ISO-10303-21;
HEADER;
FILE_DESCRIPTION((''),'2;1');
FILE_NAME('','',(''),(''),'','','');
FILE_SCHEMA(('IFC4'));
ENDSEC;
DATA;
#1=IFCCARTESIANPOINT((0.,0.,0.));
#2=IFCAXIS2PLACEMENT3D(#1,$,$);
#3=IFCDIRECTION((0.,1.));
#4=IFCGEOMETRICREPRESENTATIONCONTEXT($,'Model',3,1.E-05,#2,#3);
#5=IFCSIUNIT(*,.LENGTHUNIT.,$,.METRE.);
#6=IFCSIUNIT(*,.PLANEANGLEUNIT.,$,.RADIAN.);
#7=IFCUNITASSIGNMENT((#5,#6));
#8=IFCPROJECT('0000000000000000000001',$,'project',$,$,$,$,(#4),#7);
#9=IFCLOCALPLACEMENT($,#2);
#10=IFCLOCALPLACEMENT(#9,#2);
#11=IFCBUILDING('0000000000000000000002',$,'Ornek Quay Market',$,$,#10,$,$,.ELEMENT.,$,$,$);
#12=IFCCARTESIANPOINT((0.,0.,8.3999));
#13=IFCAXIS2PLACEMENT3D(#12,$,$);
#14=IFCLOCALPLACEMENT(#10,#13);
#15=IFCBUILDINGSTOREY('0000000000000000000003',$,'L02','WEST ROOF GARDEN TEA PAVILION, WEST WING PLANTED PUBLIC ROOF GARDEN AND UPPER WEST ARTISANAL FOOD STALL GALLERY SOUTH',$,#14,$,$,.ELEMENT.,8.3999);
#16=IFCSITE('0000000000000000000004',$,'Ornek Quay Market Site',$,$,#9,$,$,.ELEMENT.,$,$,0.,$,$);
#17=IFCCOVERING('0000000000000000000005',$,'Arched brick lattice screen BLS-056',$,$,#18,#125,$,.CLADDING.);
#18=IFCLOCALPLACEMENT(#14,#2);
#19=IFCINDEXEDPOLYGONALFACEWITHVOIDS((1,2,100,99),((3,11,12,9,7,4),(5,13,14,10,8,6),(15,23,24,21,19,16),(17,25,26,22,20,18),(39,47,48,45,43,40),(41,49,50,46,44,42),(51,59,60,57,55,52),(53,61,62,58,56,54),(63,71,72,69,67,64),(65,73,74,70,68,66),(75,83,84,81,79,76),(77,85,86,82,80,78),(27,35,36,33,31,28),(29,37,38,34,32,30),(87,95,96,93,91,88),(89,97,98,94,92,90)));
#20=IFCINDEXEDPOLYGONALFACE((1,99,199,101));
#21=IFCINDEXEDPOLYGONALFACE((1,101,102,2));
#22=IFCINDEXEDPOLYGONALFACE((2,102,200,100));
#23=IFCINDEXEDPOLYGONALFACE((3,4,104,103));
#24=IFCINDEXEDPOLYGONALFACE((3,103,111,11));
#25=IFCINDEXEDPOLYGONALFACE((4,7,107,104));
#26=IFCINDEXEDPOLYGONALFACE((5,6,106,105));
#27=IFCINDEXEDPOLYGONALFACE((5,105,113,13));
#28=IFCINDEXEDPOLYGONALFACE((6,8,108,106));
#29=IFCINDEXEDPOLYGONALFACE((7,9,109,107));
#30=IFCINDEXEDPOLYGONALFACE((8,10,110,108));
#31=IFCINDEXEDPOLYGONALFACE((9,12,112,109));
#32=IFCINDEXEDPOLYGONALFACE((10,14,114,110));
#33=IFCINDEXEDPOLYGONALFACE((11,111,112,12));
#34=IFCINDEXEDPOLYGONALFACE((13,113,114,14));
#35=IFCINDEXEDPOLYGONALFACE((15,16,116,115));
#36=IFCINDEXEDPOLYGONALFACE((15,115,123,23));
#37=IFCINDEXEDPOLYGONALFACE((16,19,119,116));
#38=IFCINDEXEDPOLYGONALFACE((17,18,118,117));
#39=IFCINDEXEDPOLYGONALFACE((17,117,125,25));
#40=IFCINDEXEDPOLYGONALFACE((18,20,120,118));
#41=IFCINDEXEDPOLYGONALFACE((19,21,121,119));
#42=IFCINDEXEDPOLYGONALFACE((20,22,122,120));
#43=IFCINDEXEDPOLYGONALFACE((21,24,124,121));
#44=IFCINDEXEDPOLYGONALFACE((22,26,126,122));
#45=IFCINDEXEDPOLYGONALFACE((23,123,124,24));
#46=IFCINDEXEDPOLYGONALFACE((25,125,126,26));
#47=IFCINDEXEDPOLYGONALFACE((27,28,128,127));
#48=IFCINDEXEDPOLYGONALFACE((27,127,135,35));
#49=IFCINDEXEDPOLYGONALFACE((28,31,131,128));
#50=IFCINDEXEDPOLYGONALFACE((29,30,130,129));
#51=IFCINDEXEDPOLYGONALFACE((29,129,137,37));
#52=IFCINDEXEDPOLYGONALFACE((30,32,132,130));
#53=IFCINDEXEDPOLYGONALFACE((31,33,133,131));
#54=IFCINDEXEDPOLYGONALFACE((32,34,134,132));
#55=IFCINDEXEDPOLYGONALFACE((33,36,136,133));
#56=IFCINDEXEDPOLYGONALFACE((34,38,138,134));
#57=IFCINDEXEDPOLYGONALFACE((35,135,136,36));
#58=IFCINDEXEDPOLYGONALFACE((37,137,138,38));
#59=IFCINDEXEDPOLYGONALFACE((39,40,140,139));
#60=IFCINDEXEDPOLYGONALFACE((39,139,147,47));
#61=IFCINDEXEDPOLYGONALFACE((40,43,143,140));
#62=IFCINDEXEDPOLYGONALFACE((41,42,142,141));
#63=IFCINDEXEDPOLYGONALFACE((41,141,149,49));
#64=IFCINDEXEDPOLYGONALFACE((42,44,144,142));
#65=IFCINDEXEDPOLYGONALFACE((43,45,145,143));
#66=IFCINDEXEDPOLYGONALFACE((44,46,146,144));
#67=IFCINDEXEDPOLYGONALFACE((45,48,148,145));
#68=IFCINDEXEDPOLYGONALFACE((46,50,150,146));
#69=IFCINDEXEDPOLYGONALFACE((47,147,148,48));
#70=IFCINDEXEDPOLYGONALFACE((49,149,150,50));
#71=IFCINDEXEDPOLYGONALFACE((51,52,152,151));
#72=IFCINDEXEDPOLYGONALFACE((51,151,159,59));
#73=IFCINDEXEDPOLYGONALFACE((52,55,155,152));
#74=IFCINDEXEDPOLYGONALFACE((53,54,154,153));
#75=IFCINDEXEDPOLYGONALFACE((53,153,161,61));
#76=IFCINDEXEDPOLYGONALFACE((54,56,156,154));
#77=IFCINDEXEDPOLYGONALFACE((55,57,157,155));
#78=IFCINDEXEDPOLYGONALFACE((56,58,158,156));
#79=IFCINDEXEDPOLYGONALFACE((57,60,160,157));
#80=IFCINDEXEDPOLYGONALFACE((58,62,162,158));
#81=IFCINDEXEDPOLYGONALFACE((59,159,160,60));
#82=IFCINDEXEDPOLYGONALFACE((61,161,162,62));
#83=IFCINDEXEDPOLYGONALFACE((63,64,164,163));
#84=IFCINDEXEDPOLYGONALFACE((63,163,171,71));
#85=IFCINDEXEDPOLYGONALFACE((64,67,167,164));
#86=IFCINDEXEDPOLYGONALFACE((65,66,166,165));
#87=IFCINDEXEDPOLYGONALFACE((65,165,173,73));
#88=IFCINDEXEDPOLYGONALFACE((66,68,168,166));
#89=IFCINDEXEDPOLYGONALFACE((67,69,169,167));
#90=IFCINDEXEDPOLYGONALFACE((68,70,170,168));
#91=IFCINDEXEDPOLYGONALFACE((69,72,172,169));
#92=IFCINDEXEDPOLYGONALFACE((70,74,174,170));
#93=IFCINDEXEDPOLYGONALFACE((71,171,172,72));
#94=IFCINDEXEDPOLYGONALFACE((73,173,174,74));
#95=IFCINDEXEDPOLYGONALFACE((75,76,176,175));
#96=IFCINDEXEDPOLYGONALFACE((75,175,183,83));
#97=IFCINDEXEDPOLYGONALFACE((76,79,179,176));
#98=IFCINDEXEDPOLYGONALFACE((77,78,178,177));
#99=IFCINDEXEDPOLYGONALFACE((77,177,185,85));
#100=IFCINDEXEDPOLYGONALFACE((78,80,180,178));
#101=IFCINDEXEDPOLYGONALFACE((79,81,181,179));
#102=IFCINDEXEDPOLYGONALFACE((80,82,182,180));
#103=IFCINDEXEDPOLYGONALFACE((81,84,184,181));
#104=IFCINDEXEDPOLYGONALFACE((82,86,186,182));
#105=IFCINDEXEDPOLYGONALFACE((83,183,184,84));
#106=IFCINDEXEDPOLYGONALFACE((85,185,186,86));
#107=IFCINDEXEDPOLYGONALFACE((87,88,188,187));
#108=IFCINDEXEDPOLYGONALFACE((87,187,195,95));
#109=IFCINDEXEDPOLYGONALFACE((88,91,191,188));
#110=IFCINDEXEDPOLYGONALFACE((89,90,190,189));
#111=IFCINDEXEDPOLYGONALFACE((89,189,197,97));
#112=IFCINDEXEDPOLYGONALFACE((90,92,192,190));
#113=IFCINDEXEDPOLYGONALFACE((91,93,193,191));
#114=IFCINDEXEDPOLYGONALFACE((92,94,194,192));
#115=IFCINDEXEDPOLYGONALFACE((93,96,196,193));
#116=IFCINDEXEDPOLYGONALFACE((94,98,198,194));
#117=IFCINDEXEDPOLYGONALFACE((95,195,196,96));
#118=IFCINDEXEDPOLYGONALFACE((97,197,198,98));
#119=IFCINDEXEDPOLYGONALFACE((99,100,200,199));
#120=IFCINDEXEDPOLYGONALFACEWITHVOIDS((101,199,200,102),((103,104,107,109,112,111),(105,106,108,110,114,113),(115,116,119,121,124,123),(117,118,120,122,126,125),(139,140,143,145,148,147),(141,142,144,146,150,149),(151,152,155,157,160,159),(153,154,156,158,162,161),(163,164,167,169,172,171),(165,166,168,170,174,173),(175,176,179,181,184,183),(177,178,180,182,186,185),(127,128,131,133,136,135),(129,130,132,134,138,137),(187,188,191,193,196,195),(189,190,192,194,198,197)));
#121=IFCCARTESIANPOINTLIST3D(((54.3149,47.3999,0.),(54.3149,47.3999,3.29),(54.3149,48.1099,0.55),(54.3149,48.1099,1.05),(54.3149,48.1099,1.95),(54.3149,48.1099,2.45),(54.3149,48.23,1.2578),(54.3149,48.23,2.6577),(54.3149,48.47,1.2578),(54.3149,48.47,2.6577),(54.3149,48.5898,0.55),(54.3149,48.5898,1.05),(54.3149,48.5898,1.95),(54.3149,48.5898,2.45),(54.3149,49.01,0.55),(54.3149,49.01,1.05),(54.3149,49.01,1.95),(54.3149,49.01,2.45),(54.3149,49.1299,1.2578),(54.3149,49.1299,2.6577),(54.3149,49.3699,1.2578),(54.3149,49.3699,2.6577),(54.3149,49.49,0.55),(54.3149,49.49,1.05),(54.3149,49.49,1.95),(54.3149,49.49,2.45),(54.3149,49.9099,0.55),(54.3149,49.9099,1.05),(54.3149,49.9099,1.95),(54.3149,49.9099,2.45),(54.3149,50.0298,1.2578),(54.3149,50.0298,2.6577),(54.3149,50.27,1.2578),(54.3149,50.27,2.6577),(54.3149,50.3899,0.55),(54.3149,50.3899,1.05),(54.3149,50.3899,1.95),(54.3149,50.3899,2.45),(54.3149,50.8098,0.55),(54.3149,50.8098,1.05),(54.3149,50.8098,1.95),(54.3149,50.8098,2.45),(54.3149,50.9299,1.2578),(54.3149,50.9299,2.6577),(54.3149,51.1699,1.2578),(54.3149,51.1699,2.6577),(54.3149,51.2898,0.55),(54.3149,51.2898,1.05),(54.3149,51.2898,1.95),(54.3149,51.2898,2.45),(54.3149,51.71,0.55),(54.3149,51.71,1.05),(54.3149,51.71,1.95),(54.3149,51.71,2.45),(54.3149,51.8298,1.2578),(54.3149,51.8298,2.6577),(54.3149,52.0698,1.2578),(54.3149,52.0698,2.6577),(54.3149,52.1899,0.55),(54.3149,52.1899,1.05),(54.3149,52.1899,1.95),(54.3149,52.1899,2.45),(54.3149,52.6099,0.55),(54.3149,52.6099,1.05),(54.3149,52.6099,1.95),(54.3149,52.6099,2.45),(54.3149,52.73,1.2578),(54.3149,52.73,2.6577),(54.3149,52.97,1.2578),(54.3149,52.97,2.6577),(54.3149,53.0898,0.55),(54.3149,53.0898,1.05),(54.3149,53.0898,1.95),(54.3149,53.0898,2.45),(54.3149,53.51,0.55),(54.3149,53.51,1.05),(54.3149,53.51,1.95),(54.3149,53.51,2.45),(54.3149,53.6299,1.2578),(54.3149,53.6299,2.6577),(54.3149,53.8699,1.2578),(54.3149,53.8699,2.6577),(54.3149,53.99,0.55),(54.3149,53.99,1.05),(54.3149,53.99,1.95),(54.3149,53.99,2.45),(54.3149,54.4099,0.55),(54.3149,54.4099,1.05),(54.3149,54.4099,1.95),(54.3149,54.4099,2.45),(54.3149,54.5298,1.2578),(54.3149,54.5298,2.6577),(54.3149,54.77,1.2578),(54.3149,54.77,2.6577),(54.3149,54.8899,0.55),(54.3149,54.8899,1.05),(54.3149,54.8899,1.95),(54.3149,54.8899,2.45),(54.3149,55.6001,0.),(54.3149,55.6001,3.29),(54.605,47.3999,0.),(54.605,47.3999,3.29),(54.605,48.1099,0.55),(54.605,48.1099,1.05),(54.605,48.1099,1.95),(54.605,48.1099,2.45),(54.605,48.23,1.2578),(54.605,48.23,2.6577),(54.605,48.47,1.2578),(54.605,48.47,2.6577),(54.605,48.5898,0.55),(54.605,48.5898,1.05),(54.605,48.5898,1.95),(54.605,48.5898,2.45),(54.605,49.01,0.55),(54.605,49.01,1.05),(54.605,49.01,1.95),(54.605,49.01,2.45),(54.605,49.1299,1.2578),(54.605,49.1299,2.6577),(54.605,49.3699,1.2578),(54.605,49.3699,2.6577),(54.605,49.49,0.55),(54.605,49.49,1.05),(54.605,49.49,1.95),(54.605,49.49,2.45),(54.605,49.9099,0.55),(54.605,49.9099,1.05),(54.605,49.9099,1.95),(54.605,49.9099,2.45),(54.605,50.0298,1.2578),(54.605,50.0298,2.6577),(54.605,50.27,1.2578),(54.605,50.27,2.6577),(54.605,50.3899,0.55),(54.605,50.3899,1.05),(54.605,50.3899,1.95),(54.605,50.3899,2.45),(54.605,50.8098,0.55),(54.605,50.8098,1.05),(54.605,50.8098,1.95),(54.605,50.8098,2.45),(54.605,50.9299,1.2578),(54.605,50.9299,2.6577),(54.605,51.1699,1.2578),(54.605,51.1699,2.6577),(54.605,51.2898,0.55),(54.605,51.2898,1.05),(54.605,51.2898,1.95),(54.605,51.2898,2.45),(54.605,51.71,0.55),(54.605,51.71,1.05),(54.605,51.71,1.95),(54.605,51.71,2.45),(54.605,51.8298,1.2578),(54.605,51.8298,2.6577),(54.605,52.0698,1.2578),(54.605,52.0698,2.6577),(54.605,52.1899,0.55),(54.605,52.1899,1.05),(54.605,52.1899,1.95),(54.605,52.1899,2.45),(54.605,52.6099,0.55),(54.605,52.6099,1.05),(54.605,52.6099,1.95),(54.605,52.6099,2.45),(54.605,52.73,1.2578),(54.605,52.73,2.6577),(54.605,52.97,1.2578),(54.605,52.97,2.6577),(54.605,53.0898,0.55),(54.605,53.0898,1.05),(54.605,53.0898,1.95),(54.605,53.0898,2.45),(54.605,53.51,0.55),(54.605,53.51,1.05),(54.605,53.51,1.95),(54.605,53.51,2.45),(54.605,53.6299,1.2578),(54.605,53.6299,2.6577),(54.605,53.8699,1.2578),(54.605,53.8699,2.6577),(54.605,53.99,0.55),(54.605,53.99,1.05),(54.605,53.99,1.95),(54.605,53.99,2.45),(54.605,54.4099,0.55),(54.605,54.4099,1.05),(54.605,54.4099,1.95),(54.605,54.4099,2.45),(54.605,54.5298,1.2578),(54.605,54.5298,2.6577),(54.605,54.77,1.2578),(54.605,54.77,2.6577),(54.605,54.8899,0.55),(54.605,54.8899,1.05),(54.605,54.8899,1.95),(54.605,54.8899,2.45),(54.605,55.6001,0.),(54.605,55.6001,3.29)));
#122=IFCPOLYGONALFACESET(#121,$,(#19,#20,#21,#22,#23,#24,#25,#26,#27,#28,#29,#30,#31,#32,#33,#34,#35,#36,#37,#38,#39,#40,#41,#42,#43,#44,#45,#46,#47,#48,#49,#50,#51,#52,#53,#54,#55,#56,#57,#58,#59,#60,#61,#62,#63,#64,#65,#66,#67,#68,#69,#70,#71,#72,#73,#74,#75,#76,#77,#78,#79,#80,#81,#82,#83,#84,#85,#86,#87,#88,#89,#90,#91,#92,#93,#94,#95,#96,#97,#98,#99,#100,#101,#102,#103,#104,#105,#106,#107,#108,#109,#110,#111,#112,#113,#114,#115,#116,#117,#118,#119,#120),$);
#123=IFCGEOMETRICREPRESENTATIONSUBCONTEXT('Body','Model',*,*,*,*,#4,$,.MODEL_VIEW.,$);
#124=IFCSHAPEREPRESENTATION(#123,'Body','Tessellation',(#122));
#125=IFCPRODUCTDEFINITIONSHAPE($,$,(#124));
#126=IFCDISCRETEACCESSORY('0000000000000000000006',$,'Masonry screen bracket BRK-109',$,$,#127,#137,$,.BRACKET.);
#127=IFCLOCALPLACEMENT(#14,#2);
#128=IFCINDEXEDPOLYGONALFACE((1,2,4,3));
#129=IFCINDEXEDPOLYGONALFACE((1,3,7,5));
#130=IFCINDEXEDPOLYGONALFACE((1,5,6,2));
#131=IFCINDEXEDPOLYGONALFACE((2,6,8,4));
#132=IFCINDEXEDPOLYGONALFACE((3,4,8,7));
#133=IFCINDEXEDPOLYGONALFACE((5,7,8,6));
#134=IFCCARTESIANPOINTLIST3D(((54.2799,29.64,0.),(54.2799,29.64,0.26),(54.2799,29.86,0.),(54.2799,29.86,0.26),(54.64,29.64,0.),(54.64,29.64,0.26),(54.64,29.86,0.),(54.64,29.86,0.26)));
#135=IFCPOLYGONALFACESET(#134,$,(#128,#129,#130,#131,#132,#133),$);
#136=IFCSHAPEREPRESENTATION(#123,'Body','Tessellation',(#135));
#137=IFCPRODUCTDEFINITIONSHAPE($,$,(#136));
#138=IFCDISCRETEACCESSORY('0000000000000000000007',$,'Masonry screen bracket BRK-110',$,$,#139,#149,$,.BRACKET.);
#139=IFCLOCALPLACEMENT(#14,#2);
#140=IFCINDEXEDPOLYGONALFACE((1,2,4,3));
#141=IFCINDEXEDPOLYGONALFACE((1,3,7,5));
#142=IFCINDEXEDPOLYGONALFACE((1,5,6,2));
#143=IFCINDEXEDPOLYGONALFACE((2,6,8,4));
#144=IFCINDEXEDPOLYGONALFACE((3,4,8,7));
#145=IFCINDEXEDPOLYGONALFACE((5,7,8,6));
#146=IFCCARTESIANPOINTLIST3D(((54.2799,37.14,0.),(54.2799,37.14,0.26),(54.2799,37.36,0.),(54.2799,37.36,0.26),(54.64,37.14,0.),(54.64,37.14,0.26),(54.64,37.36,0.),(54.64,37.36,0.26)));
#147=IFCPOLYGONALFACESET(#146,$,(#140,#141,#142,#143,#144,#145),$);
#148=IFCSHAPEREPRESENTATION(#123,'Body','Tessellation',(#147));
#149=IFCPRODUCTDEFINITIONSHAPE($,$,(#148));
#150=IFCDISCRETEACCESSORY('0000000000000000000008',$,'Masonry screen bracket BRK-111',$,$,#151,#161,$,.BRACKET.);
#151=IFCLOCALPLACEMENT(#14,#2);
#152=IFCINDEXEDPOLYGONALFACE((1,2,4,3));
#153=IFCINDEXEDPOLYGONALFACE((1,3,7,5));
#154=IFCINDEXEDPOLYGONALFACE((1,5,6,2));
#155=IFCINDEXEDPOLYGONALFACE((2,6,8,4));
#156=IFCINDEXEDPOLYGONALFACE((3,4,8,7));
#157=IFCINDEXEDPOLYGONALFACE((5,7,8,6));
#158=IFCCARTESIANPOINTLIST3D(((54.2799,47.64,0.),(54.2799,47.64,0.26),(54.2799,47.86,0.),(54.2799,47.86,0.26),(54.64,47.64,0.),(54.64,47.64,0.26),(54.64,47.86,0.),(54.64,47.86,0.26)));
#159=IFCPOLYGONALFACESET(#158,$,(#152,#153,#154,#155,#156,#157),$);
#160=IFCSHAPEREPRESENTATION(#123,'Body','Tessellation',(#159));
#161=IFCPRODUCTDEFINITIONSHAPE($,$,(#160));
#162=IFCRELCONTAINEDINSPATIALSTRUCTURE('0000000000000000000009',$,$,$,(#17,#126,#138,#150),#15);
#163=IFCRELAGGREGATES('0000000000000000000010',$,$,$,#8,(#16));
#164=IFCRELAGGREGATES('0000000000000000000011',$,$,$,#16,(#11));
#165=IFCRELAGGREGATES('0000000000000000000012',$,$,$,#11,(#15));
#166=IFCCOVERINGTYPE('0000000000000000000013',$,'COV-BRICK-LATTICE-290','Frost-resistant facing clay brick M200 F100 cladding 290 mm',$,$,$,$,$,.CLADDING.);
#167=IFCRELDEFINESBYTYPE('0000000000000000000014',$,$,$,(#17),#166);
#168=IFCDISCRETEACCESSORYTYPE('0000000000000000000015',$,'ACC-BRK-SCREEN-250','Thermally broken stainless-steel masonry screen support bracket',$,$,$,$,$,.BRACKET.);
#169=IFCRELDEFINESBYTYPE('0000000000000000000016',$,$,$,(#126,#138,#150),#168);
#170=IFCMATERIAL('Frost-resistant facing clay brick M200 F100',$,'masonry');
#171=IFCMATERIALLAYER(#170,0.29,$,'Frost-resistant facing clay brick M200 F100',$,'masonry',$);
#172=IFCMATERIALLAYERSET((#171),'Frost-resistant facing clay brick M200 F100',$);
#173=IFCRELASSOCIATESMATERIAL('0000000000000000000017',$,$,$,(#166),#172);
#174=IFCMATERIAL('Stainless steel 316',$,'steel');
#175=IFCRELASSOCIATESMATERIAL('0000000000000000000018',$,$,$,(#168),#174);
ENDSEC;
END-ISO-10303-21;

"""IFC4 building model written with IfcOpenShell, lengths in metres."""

from ifc_helpers import new_model, si_unit, direction, frame, origin, origin_2d, place, context, subcontext, project, spatial, polyline, rectangle, outline, extrude, material, layer, layer_set, type_object, element, save


model = new_model("IFC4")

# Units and contexts
model_context = context("Model", 3, precision=1e-05, world=origin(), true_north=direction((0.0, 1.0)))
body_context = subcontext(model_context, "Body", "Model", "MODEL_VIEW")
ifc_project = project(units=[si_unit("LENGTHUNIT", "METRE"), si_unit("PLANEANGLEUNIT", "RADIAN")], contexts=[model_context])

# Site, building, storey
site_placement = place(None, origin())
site = spatial("IfcSite", under=ifc_project, at=site_placement, Name="Ornek Quay Market Site", CompositionType="ELEMENT", RefElevation=0.0)
building_placement = place(site_placement, origin())
building = spatial("IfcBuilding", under=site, at=building_placement, Name="Ornek Quay Market", CompositionType="ELEMENT")
storey_placement = place(building_placement, frame((0.0, 0.0, 8.3999)))
storey = spatial("IfcBuildingStorey", under=building, at=storey_placement, Name="L02", Description="WEST ROOF GARDEN TEA PAVILION, WEST WING PLANTED PUBLIC ROOF GARDEN AND UPPER WEST ARTISANAL FOOD STALL GALLERY SOUTH", CompositionType="ELEMENT", Elevation=8.3999)

# Shared definitions
ifc_material_1 = material(Name="Frost-resistant facing clay brick M200 F100", Category="masonry")

# Covering
ifc_layer_1 = layer(ifc_material_1, 0.29, Name="Frost-resistant facing clay brick M200 F100", Category="masonry")
ifc_layer_set_1 = layer_set([ifc_layer_1], Name="Frost-resistant facing clay brick M200 F100")
covering_type = type_object("IfcCoveringType", Name="COV-BRICK-LATTICE-290", Description="Frost-resistant facing clay brick M200 F100 cladding 290 mm", PredefinedType="CLADDING", material=ifc_layer_set_1)
covering_1_placement = place(storey_placement, frame((54.46, 47.3999, 0.0), z_axis=(0.0, 0.0, 1.0), x_axis=(0.0, 1.0, 0.0)))
element("IfcCovering", 1, at=covering_1_placement, inside=storey, type_object=covering_type, Name="Arched brick lattice screen BLS-056", PredefinedType="CLADDING", context=body_context, shape_type="SweptSolid", body=[
    extrude(outline(polyline([(0.0, 0.0), (8.2002, 0.0), (8.2002, 3.29), (0.0, 3.29), (0.0, 0.0)]), holes=[polyline([(0.71, 0.55), (1.1899, 0.55), (1.1899, 1.05), (1.0701, 1.2578), (0.8301, 1.2578), (0.71, 1.05), (0.71, 0.55)]), polyline([(0.71, 1.95), (1.1899, 1.95), (1.1899, 2.45), (1.0701, 2.6577), (0.8301, 2.6577), (0.71, 2.45), (0.71, 1.95)]), polyline([(1.6101, 0.55), (2.0901, 0.55), (2.0901, 1.05), (1.97, 1.2578), (1.73, 1.2578), (1.6101, 1.05), (1.6101, 0.55)]), polyline([(1.6101, 1.95), (2.0901, 1.95), (2.0901, 2.45), (1.97, 2.6577), (1.73, 2.6577), (1.6101, 2.45), (1.6101, 1.95)]), polyline([(2.51, 0.55), (2.99, 0.55), (2.99, 1.05), (2.8701, 1.2578), (2.6299, 1.2578), (2.51, 1.05), (2.51, 0.55)]), polyline([(2.51, 1.95), (2.99, 1.95), (2.99, 2.45), (2.8701, 2.6577), (2.6299, 2.6577), (2.51, 2.45), (2.51, 1.95)]), polyline([(3.4099, 0.55), (3.8899, 0.55), (3.8899, 1.05), (3.77, 1.2578), (3.53, 1.2578), (3.4099, 1.05), (3.4099, 0.55)]), polyline([(3.4099, 1.95), (3.8899, 1.95), (3.8899, 2.45), (3.77, 2.6577), (3.53, 2.6577), (3.4099, 2.45), (3.4099, 1.95)]), polyline([(4.3101, 0.55), (4.79, 0.55), (4.79, 1.05), (4.6699, 1.2578), (4.4299, 1.2578), (4.3101, 1.05), (4.3101, 0.55)]), polyline([(4.3101, 1.95), (4.79, 1.95), (4.79, 2.45), (4.6699, 2.6577), (4.4299, 2.6577), (4.3101, 2.45), (4.3101, 1.95)]), polyline([(5.21, 0.55), (5.6899, 0.55), (5.6899, 1.05), (5.5701, 1.2578), (5.3301, 1.2578), (5.21, 1.05), (5.21, 0.55)]), polyline([(5.21, 1.95), (5.6899, 1.95), (5.6899, 2.45), (5.5701, 2.6577), (5.3301, 2.6577), (5.21, 2.45), (5.21, 1.95)]), polyline([(6.1101, 0.55), (6.5901, 0.55), (6.5901, 1.05), (6.47, 1.2578), (6.23, 1.2578), (6.1101, 1.05), (6.1101, 0.55)]), polyline([(6.1101, 1.95), (6.5901, 1.95), (6.5901, 2.45), (6.47, 2.6577), (6.23, 2.6577), (6.1101, 2.45), (6.1101, 1.95)]), polyline([(7.01, 0.55), (7.49, 0.55), (7.49, 1.05), (7.3701, 1.2578), (7.1299, 1.2578), (7.01, 1.05), (7.01, 0.55)]), polyline([(7.01, 1.95), (7.49, 1.95), (7.49, 2.45), (7.3701, 2.6577), (7.1299, 2.6577), (7.01, 2.45), (7.01, 1.95)])]), frame((0.0, 0.145, 0.0), z_axis=(0.0, -1.0, 0.0), x_axis=(1.0, 0.0, 0.0)), (0.0, 0.0, 1.0), 0.29),
])

# Discrete accessories
ifc_material_2 = material(Name="Stainless steel 316", Category="steel")
discrete_accessory_type = type_object("IfcDiscreteAccessoryType", Name="ACC-BRK-SCREEN-250", Description="Thermally broken stainless-steel masonry screen support bracket", PredefinedType="BRACKET", material=ifc_material_2)
for number, where, z_axis, x_axis, name in (
    (2, (54.46, 29.75, 0.0), (0.0, 0.0, 1.0), (0.0, 1.0, 0.0), "Masonry screen bracket BRK-109"),
    (3, (54.46, 37.25, 0.0), (0.0, 0.0, 1.0), (0.0, 1.0, 0.0), "Masonry screen bracket BRK-110"),
    (4, (54.46, 47.75, 0.0), (0.0, 0.0, 1.0), (0.0, 1.0, 0.0), "Masonry screen bracket BRK-111"),
):
    element("IfcDiscreteAccessory", number, at=place(storey_placement, frame(where, z_axis=z_axis, x_axis=x_axis)), inside=storey, type_object=discrete_accessory_type, Name=name, PredefinedType="BRACKET", context=body_context, shape_type="SweptSolid", body=[
        extrude(rectangle(XDim=0.22, YDim=0.3601, at=origin_2d()), origin(), (0.0, 0.0, 1.0), 0.26),
    ])

save(model, "model.ifc")
